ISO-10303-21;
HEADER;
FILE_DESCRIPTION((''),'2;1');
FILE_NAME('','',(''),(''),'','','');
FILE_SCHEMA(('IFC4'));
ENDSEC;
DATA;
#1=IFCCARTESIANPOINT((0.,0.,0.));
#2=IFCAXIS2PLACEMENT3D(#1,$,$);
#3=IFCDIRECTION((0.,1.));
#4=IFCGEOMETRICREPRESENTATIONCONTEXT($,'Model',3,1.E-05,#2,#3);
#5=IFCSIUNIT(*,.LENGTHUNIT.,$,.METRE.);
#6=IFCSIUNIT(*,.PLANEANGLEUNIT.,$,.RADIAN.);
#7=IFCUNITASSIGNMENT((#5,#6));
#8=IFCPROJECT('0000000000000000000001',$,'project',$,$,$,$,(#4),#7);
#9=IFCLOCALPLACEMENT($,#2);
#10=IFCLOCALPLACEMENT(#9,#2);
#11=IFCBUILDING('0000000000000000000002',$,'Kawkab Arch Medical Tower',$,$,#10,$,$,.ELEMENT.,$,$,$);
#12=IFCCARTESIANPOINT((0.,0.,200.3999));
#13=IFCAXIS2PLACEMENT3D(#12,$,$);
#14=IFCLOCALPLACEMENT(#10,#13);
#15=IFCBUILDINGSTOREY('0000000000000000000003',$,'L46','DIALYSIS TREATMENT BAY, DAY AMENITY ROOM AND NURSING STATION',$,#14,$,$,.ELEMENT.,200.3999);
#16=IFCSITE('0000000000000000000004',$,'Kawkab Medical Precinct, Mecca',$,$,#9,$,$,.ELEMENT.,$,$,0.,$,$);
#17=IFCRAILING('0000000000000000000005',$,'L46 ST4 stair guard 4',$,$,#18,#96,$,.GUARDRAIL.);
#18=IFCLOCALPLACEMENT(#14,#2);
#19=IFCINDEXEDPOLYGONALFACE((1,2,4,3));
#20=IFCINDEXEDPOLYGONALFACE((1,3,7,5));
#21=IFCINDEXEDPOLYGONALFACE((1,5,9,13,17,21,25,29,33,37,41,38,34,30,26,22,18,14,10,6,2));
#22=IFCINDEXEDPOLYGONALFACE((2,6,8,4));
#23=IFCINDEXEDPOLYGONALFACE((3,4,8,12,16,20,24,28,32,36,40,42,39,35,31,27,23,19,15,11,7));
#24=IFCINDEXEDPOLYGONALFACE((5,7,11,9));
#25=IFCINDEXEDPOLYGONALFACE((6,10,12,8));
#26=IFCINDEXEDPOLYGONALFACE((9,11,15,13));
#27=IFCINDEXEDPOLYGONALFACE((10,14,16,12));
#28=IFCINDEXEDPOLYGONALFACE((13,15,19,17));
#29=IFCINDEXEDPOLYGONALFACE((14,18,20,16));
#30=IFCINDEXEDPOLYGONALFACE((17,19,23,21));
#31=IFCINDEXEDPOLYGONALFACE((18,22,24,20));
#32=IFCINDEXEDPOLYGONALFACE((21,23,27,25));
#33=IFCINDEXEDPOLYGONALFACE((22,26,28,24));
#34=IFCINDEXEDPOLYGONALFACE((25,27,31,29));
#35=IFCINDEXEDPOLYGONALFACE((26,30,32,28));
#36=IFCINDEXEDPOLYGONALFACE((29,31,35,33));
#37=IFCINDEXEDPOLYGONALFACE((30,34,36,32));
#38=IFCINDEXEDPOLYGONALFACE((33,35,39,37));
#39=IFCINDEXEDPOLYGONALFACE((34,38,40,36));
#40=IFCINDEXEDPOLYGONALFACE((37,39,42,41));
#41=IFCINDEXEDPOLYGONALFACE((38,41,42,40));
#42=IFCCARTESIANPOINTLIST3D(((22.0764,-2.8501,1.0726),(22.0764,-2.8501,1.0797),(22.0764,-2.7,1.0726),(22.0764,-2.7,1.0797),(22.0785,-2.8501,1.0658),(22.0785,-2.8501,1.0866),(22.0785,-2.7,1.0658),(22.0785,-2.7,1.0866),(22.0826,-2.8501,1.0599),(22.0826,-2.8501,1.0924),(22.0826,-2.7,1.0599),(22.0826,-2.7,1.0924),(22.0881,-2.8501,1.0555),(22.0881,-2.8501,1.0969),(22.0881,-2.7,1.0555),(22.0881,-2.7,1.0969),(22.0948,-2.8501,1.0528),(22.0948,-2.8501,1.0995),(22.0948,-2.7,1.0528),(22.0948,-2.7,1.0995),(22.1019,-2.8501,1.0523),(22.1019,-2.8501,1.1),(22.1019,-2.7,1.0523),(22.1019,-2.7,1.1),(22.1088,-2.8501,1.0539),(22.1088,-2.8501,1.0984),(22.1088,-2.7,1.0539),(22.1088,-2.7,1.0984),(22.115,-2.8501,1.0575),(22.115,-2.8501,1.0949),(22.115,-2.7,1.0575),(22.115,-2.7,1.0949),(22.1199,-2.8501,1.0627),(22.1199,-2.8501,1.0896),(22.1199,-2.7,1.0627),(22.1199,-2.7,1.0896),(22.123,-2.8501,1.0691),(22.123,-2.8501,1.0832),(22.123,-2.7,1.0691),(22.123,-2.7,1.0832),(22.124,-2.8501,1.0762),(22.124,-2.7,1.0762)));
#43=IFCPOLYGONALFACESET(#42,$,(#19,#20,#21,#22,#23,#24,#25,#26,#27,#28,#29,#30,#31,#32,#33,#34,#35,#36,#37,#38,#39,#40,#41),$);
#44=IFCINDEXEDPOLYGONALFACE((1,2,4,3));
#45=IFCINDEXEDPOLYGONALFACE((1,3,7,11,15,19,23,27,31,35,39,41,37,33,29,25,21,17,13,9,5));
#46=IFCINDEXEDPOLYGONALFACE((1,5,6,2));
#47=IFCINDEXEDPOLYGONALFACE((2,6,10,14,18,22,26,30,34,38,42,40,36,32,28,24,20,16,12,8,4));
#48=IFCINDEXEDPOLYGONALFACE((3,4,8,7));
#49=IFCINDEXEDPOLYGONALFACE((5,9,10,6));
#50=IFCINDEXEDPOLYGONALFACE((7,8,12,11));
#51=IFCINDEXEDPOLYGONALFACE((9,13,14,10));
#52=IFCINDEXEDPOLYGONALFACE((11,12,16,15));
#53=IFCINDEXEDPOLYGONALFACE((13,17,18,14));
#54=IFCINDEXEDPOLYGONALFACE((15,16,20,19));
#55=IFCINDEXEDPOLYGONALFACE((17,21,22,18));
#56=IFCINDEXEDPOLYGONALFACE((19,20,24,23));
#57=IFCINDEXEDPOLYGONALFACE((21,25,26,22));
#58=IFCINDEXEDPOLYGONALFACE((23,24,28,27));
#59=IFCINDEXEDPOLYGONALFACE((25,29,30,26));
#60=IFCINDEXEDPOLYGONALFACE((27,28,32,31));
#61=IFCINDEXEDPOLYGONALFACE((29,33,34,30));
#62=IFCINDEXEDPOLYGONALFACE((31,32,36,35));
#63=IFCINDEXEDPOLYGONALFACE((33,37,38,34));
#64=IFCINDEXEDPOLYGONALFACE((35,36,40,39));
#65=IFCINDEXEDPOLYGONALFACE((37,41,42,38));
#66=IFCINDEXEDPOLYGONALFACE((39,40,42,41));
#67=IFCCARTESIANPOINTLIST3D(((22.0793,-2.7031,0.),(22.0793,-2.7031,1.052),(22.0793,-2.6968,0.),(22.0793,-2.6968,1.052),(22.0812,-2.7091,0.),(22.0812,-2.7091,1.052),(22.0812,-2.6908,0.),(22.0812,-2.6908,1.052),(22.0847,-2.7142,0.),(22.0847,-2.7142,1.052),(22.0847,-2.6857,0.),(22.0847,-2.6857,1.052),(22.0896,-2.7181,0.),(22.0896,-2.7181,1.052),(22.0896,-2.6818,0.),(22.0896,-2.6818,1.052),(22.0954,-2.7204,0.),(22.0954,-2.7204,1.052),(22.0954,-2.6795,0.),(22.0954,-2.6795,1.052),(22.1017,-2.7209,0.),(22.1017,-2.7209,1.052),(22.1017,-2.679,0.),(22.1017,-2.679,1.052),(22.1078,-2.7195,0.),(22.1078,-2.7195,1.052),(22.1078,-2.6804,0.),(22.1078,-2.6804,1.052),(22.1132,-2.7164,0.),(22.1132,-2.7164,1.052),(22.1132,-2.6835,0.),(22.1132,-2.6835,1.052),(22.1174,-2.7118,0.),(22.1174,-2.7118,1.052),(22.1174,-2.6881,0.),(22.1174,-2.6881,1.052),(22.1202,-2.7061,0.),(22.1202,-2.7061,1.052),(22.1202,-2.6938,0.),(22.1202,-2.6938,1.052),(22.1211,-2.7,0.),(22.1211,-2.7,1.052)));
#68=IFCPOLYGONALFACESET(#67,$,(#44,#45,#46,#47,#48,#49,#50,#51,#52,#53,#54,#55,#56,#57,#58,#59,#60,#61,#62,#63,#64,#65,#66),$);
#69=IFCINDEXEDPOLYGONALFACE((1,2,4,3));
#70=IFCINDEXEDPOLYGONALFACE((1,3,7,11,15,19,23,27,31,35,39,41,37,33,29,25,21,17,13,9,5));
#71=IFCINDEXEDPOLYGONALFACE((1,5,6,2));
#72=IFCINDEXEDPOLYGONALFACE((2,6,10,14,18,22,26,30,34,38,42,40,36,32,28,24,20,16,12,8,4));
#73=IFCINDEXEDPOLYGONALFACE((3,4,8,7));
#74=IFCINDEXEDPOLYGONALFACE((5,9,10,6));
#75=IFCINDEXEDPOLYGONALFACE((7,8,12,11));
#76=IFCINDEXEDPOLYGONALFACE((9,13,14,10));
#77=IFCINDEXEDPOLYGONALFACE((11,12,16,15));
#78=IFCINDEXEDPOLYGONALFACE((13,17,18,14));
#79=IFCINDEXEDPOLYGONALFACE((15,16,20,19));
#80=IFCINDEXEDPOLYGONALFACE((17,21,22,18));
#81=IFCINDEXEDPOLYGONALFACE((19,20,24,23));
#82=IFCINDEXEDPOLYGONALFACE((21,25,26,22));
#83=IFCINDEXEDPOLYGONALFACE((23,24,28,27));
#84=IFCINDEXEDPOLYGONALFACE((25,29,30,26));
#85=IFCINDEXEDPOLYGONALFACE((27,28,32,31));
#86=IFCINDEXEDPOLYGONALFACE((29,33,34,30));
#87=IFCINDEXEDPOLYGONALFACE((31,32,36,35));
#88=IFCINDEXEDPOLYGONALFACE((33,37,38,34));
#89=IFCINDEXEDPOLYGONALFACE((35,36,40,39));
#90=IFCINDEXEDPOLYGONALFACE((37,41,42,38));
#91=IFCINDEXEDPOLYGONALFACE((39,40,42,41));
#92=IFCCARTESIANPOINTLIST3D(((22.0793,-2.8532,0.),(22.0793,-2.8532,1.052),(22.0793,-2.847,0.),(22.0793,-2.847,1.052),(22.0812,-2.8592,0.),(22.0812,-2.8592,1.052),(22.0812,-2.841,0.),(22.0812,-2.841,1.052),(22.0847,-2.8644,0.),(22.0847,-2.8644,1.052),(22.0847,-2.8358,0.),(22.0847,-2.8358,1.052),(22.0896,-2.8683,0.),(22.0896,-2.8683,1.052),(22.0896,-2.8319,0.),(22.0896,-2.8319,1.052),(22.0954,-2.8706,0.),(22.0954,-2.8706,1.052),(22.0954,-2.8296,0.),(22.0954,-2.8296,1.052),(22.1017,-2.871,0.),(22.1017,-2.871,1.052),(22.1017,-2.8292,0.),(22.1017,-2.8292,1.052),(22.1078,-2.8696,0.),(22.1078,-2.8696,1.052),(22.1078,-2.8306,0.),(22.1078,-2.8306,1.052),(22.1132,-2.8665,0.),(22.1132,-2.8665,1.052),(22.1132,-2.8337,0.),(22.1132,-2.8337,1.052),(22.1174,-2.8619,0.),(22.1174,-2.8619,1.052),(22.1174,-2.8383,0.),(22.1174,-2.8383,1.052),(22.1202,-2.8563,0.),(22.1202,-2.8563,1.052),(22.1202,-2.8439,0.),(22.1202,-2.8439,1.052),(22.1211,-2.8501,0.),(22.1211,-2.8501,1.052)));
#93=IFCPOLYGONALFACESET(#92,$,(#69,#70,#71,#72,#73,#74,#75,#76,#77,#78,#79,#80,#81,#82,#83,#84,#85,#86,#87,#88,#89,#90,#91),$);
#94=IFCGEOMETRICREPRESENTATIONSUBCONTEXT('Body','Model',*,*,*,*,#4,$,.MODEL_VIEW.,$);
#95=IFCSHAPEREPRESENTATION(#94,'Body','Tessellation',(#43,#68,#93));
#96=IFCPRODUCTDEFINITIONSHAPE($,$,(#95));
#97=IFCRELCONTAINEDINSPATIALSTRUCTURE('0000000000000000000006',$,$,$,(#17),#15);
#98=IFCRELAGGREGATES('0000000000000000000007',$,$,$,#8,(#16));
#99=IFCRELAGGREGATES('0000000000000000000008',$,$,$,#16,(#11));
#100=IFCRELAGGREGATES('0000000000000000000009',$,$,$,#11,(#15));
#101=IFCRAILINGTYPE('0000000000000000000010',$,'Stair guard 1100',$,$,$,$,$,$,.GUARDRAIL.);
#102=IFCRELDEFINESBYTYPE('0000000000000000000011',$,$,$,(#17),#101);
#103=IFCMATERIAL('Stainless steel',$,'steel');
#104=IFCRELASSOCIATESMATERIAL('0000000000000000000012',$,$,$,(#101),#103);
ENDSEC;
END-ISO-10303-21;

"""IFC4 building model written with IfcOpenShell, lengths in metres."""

from ifc_helpers import new_model, si_unit, direction, frame, origin, origin_2d, place, context, subcontext, project, spatial, circle, extrude, material, type_object, element, save


model = new_model("IFC4")

# Units and contexts
model_context = context("Model", 3, precision=1e-05, world=origin(), true_north=direction((0.0, 1.0)))
body_context = subcontext(model_context, "Body", "Model", "MODEL_VIEW")
ifc_project = project(units=[si_unit("LENGTHUNIT", "METRE"), si_unit("PLANEANGLEUNIT", "RADIAN")], contexts=[model_context])

# Site, building, storey
site_placement = place(None, origin())
site = spatial("IfcSite", under=ifc_project, at=site_placement, Name="Kawkab Medical Precinct, Mecca", CompositionType="ELEMENT", RefElevation=0.0)
building_placement = place(site_placement, origin())
building = spatial("IfcBuilding", under=site, at=building_placement, Name="Kawkab Arch Medical Tower", CompositionType="ELEMENT")
storey_placement = place(building_placement, frame((0.0, 0.0, 200.3999)))
storey = spatial("IfcBuildingStorey", under=building, at=storey_placement, Name="L46", Description="DIALYSIS TREATMENT BAY, DAY AMENITY ROOM AND NURSING STATION", CompositionType="ELEMENT", Elevation=200.3999)

# Railing
ifc_material_1 = material(Name="Stainless steel", Category="steel")
railing_type = type_object("IfcRailingType", Name="Stair guard 1100", PredefinedType="GUARDRAIL", material=ifc_material_1)
railing_1_placement = place(storey_placement, frame((22.1001, -2.7, 0.0)))
element("IfcRailing", 1, at=railing_1_placement, inside=storey, type_object=railing_type, Name="L46 ST4 stair guard 4", PredefinedType="GUARDRAIL", context=body_context, shape_type="SweptSolid", body=[
    extrude(circle(Radius=0.0239, at=origin_2d()), frame((0.0, 0.0, 1.0762), z_axis=(0.0, -1.0, 0.0), x_axis=(1.0, 0.0, 0.0)), (0.0, 0.0, 1.0), 0.1501),
    extrude(circle(Radius=0.021, at=origin_2d()), origin(), (0.0, 0.0, 1.0), 1.052),
    extrude(circle(Radius=0.021, at=origin_2d()), frame((0.0, -0.1501, 0.0)), (0.0, 0.0, 1.0), 1.052),
])

save(model, "model.ifc")
